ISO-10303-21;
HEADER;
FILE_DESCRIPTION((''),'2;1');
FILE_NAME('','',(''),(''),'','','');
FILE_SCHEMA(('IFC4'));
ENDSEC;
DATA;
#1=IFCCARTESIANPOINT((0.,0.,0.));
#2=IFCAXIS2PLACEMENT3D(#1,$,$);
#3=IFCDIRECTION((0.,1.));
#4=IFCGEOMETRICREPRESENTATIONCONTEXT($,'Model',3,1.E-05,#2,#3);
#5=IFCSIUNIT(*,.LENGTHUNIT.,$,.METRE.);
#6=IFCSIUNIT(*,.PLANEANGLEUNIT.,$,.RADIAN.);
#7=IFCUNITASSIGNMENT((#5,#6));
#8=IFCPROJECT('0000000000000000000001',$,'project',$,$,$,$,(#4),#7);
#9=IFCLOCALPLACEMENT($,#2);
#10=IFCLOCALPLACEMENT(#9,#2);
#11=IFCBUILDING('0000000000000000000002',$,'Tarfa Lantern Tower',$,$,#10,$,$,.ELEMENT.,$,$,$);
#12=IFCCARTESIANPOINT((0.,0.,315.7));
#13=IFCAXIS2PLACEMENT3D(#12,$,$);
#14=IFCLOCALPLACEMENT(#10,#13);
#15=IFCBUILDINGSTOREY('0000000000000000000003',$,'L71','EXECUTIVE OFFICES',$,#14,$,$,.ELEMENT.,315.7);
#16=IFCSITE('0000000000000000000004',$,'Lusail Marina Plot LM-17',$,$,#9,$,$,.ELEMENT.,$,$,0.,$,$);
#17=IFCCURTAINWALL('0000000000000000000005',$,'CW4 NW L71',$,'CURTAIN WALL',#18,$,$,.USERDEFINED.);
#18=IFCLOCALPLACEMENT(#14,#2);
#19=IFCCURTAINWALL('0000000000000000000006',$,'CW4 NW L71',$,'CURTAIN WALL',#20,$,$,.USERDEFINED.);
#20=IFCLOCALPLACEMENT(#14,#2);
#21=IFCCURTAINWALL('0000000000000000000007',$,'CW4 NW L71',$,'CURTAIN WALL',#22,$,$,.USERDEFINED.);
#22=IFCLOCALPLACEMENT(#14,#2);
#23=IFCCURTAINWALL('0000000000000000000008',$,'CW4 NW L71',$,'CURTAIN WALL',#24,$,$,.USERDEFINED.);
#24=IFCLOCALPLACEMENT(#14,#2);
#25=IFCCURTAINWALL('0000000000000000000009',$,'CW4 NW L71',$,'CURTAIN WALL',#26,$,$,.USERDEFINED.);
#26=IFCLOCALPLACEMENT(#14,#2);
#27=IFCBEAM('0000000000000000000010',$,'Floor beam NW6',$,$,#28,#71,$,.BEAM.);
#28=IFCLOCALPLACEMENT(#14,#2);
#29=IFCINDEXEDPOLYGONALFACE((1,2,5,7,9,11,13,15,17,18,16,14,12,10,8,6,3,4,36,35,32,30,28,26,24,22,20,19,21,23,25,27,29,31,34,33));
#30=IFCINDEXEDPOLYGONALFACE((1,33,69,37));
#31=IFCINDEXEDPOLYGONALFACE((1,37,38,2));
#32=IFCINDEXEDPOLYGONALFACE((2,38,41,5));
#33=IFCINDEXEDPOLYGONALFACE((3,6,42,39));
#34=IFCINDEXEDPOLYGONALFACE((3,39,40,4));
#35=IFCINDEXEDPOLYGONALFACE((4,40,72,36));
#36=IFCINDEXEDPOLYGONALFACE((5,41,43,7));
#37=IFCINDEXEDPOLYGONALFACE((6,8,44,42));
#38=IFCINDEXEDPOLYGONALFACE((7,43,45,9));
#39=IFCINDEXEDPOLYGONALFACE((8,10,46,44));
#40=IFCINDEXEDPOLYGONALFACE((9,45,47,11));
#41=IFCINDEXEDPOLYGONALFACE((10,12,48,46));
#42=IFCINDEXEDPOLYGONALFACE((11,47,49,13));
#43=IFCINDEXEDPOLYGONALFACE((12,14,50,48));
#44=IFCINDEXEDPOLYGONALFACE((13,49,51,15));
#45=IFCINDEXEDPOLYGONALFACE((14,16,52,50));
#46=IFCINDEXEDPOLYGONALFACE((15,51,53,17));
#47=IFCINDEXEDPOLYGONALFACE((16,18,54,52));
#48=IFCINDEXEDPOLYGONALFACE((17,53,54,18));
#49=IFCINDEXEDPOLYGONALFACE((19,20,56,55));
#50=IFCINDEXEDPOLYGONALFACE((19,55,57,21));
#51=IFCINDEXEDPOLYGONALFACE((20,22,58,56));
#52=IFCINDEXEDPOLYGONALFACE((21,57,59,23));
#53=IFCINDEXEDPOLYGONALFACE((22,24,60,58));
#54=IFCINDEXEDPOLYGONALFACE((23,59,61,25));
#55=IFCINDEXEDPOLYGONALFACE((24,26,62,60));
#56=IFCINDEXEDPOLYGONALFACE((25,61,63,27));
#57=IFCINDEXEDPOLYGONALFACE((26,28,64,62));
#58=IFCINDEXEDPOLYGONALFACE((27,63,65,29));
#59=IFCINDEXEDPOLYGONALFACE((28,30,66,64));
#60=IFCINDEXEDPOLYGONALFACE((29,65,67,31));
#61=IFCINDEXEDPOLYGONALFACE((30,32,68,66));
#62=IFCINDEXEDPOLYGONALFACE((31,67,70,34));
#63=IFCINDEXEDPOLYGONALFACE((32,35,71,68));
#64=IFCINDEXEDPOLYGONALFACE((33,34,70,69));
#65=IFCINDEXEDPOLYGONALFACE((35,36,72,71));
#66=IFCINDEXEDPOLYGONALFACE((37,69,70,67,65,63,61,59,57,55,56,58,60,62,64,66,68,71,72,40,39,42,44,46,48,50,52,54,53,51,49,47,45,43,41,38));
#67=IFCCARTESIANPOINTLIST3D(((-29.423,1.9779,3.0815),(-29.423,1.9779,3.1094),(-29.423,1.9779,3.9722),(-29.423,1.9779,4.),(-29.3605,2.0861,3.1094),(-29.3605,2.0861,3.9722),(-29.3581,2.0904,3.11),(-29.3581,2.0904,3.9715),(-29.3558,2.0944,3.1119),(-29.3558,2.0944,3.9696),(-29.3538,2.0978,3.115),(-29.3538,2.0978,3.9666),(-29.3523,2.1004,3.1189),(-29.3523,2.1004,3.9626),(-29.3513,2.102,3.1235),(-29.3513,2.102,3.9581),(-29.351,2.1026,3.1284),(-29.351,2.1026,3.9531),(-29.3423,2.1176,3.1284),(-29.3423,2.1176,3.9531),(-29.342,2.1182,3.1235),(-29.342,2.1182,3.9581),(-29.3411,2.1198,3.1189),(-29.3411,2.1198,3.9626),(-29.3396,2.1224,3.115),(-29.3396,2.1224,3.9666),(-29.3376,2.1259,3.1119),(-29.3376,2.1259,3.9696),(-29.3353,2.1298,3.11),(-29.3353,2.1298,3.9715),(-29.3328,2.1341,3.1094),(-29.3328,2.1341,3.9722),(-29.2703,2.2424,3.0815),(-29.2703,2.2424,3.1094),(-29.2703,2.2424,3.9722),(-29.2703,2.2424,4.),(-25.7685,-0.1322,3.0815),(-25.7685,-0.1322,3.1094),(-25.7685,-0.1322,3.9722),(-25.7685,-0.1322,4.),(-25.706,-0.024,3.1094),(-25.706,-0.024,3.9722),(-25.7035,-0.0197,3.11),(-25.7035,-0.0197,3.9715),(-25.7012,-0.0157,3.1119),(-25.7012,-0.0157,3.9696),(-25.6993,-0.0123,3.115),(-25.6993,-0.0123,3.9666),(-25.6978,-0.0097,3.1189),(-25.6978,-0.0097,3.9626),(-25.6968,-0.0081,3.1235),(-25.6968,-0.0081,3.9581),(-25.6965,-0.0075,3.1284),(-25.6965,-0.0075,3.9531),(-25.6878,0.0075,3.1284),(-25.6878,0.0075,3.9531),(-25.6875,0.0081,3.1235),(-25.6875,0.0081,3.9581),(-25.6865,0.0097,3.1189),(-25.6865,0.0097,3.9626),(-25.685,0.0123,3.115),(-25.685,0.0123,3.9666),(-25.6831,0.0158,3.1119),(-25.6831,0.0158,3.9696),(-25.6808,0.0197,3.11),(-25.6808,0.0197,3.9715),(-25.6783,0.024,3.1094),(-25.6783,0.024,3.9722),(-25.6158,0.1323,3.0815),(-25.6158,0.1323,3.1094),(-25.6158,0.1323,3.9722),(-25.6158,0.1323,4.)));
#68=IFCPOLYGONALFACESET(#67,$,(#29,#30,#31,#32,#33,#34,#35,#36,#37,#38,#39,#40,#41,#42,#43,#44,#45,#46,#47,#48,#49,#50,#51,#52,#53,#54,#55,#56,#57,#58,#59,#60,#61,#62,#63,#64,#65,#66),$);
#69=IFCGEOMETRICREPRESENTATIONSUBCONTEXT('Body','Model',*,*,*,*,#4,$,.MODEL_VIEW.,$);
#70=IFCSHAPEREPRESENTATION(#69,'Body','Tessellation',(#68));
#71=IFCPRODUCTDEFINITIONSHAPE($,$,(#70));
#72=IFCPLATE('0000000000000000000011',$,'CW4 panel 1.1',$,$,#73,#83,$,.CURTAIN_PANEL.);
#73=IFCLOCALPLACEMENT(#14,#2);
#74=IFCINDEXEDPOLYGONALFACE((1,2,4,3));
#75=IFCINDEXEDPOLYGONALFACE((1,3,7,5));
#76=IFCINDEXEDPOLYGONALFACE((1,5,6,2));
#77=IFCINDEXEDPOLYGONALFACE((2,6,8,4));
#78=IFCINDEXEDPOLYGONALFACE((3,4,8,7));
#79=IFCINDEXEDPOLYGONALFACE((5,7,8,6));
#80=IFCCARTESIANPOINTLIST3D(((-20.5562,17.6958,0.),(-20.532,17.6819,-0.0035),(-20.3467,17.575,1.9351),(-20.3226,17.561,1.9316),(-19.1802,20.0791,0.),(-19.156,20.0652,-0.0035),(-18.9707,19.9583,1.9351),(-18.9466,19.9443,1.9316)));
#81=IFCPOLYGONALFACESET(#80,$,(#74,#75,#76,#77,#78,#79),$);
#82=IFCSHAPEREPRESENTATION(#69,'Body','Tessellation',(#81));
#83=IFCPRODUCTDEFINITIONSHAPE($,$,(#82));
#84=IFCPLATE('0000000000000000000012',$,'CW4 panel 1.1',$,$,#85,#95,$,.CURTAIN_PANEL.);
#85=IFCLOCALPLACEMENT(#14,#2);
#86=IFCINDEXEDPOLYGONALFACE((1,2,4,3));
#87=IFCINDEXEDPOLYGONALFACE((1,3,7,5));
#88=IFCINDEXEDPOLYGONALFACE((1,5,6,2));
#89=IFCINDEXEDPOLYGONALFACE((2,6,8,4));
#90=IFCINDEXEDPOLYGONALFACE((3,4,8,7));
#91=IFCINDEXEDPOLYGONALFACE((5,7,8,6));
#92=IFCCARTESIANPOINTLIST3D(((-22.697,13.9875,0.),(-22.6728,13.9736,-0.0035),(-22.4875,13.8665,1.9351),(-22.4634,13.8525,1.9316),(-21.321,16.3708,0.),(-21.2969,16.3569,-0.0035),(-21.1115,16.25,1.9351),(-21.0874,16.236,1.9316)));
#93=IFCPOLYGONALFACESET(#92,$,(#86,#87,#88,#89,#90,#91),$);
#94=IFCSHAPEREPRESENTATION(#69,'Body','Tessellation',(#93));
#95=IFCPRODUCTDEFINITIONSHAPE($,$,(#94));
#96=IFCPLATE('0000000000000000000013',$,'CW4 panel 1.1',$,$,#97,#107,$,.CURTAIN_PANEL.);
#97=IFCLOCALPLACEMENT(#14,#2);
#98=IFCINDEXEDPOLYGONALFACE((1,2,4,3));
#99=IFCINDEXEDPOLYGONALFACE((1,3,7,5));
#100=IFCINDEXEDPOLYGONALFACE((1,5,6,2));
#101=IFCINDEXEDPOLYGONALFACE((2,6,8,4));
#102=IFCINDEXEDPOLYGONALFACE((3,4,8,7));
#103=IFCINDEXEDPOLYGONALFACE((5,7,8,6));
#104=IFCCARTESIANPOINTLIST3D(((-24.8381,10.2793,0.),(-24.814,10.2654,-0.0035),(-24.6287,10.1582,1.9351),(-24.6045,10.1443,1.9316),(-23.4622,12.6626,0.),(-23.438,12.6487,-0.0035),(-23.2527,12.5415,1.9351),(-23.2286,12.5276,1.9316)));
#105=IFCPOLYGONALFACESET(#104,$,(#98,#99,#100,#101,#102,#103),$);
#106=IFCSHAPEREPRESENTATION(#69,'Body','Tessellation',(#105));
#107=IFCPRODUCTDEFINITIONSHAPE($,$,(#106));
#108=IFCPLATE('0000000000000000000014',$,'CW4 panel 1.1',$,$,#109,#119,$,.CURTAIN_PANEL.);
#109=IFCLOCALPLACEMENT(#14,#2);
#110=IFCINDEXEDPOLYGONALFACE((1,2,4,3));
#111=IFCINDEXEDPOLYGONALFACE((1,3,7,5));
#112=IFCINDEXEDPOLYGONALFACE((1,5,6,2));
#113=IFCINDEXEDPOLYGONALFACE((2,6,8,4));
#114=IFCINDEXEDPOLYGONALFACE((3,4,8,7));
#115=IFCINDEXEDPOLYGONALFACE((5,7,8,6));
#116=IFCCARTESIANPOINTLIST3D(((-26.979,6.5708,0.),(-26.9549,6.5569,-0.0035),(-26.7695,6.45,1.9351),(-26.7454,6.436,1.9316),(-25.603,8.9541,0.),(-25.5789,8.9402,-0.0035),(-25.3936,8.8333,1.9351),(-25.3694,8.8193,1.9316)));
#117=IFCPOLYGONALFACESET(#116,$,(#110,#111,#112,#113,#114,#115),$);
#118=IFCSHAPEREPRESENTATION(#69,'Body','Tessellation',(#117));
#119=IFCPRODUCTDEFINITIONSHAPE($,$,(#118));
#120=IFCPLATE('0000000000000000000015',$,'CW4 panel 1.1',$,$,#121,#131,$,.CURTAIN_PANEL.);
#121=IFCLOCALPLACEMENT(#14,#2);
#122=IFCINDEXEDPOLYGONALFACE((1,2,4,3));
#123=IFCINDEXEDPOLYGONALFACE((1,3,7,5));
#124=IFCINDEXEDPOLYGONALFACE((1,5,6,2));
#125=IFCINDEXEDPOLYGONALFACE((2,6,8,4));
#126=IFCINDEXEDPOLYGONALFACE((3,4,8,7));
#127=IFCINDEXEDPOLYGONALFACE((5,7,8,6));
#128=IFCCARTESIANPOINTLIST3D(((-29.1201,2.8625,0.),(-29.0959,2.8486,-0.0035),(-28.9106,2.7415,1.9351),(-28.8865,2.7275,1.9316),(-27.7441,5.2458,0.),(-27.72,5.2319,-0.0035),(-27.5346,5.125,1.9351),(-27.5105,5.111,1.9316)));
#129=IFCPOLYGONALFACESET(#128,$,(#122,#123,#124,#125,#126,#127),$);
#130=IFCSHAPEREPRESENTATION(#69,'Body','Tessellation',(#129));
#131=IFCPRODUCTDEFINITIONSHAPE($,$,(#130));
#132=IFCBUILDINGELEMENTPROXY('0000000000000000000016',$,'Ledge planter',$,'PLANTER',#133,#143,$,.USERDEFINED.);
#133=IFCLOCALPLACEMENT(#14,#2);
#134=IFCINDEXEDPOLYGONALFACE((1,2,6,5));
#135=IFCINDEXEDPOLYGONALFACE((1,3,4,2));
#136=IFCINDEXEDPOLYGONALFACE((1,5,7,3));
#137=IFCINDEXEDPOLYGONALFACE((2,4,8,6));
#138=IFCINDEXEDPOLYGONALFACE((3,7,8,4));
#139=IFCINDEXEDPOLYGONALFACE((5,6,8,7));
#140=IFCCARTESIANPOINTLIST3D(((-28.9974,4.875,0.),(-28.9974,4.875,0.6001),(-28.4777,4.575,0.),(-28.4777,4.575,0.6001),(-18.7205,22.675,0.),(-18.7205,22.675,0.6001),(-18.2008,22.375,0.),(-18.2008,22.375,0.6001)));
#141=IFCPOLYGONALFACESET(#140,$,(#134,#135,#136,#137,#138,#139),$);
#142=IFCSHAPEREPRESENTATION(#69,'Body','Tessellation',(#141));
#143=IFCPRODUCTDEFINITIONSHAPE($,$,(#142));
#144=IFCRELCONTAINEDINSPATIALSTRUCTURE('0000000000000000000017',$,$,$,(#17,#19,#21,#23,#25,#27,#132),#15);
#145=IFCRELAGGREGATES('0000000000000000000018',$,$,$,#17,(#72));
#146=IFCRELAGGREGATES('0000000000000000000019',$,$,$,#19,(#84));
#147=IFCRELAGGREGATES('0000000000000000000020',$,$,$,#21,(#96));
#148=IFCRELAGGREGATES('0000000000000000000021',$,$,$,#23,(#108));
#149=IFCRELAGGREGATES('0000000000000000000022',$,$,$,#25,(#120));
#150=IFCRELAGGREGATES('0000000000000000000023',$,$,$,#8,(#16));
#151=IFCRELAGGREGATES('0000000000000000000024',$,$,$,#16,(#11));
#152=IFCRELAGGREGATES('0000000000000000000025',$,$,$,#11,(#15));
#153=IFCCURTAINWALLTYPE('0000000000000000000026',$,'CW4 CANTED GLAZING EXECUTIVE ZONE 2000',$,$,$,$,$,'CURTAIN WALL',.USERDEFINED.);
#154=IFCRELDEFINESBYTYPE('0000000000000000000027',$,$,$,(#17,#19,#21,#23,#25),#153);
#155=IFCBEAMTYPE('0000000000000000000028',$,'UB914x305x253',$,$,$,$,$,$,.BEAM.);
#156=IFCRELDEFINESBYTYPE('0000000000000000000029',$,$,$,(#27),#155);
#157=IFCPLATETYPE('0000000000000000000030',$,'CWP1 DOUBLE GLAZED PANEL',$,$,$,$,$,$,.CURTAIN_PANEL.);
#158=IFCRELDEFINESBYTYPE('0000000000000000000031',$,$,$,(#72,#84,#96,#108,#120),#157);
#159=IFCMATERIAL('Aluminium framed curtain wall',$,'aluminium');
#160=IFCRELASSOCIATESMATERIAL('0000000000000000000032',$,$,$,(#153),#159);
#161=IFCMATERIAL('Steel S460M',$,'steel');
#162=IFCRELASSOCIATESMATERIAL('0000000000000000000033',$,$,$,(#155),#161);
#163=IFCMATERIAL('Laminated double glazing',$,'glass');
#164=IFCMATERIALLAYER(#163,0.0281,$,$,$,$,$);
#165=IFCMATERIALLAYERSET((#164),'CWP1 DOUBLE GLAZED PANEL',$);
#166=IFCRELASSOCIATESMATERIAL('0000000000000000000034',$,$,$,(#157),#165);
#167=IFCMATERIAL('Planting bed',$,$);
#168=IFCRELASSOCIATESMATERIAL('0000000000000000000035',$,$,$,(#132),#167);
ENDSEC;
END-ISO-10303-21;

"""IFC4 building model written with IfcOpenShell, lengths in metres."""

from ifc_helpers import new_model, si_unit, direction, frame, origin, origin_2d, place, context, subcontext, project, spatial, polyline, rectangle, i_section, outline, extrude, material, layer, layer_set, material_profile, profile_set, type_object, element, aggregate, save


model = new_model("IFC4")

# Units and contexts
model_context = context("Model", 3, precision=1e-05, world=origin(), true_north=direction((0.0, 1.0)))
body_context = subcontext(model_context, "Body", "Model", "MODEL_VIEW")
ifc_project = project(units=[si_unit("LENGTHUNIT", "METRE"), si_unit("PLANEANGLEUNIT", "RADIAN")], contexts=[model_context])

# Site, building, storey
site_placement = place(None, origin())
site = spatial("IfcSite", under=ifc_project, at=site_placement, Name="Lusail Marina Plot LM-17", CompositionType="ELEMENT", RefElevation=0.0)
building_placement = place(site_placement, origin())
building = spatial("IfcBuilding", under=site, at=building_placement, Name="Tarfa Lantern Tower", CompositionType="ELEMENT")
storey_placement = place(building_placement, frame((0.0, 0.0, 315.7)))
storey = spatial("IfcBuildingStorey", under=building, at=storey_placement, Name="L71", Description="EXECUTIVE OFFICES", CompositionType="ELEMENT", Elevation=315.7)

# Curtain walls
ifc_material_1 = material(Name="Aluminium framed curtain wall", Category="aluminium")
curtain_wall_type = type_object("IfcCurtainWallType", Name="CW4 CANTED GLAZING EXECUTIVE ZONE 2000", ElementType="CURTAIN WALL", PredefinedType="USERDEFINED", material=ifc_material_1)
curtain_wall_1_placement = place(storey_placement, origin())
curtain_wall_1 = element("IfcCurtainWall", 1, at=curtain_wall_1_placement, inside=storey, type_object=curtain_wall_type, Name="CW4 NW L71", ObjectType="CURTAIN WALL", PredefinedType="USERDEFINED")
curtain_wall_2_placement = place(storey_placement, origin())
curtain_wall_2 = element("IfcCurtainWall", 2, at=curtain_wall_2_placement, inside=storey, type_object=curtain_wall_type, Name="CW4 NW L71", ObjectType="CURTAIN WALL", PredefinedType="USERDEFINED")
curtain_wall_3_placement = place(storey_placement, origin())
curtain_wall_3 = element("IfcCurtainWall", 3, at=curtain_wall_3_placement, inside=storey, type_object=curtain_wall_type, Name="CW4 NW L71", ObjectType="CURTAIN WALL", PredefinedType="USERDEFINED")
curtain_wall_4_placement = place(storey_placement, origin())
curtain_wall_4 = element("IfcCurtainWall", 4, at=curtain_wall_4_placement, inside=storey, type_object=curtain_wall_type, Name="CW4 NW L71", ObjectType="CURTAIN WALL", PredefinedType="USERDEFINED")
curtain_wall_5_placement = place(storey_placement, origin())
curtain_wall_5 = element("IfcCurtainWall", 5, at=curtain_wall_5_placement, inside=storey, type_object=curtain_wall_type, Name="CW4 NW L71", ObjectType="CURTAIN WALL", PredefinedType="USERDEFINED")

# Beam
ifc_material_2 = material(Name="Steel S460M", Category="steel")
ifc_material_profile_1 = material_profile(ifc_material_2, i_section(OverallWidth=0.3054, OverallDepth=0.9185, WebThickness=0.0173, FlangeThickness=0.0278, FilletRadius=0.019, at=origin_2d()), Name="UB914x305x253")
ifc_profile_set_1 = profile_set([ifc_material_profile_1], Name="Steel S460M")
beam_type_1 = type_object("IfcBeamType", Name="UB914x305x253", PredefinedType="BEAM", material=ifc_profile_set_1)
beam_1_placement = place(storey_placement, frame((-29.3467, 2.1101, 3.5408), z_axis=(0.866009, -0.500028, 0.0), x_axis=(0.500028, 0.866009, 0.0)))
element("IfcBeam", 6, at=beam_1_placement, inside=storey, type_object=beam_type_1, Name="Floor beam NW6", PredefinedType="BEAM", context=body_context, shape_type="SweptSolid", body=[
    extrude(i_section(OverallWidth=0.3054, OverallDepth=0.9185, WebThickness=0.0173, FlangeThickness=0.0278, FilletRadius=0.019, at=origin_2d()), origin(), (0.0, 0.0, 1.0), 4.22),
])

# Plates
ifc_material_3 = material(Name="Laminated double glazing", Category="glass")
ifc_layer = layer(ifc_material_3, 0.0281)
ifc_layer_set = layer_set([ifc_layer], Name="CWP1 DOUBLE GLAZED PANEL")
plate_type = type_object("IfcPlateType", Name="CWP1 DOUBLE GLAZED PANEL", PredefinedType="CURTAIN_PANEL", material=ifc_layer_set)
plate_1_placement = place(storey_placement, frame((-19.1802, 20.0791, 0.0), z_axis=(-0.859344, 0.496134, 0.12401), x_axis=(-0.499994, -0.866029, 0.0)))
plate_1 = element("IfcPlate", 7, at=plate_1_placement, type_object=plate_type, Name="CW4 panel 1.1", PredefinedType="CURTAIN_PANEL", context=body_context, shape_type="SweptSolid", body=[
    extrude(outline(polyline([(0.0, 0.0), (2.752, 0.0), (2.7519, 1.9501), (-0.0001, 1.9501), (0.0, 0.0)])), origin(), (0.0, 0.0, -1.0), 0.0281),
])
aggregate(curtain_wall_1, [plate_1])
plate_2_placement = place(storey_placement, frame((-21.321, 16.3708, 0.0), z_axis=(-0.859352, 0.496113, 0.124041), x_axis=(-0.499975, -0.86604, -0.000003)))
plate_2 = element("IfcPlate", 8, at=plate_2_placement, type_object=plate_type, Name="CW4 panel 1.1", PredefinedType="CURTAIN_PANEL", context=body_context, shape_type="SweptSolid", body=[
    extrude(outline(polyline([(0.0, 0.0), (2.752, 0.0), (2.7521, 1.9501), (-0.0001, 1.9501), (0.0, 0.0)])), origin(), (0.0, 0.0, -1.0), 0.0281),
])
aggregate(curtain_wall_2, [plate_2])
plate_3_placement = place(storey_placement, frame((-23.4622, 12.6626, 0.0), z_axis=(-0.859337, 0.49613, 0.124072), x_axis=(-0.499994, -0.866029, 0.0)))
plate_3 = element("IfcPlate", 9, at=plate_3_placement, type_object=plate_type, Name="CW4 panel 1.1", PredefinedType="CURTAIN_PANEL", context=body_context, shape_type="SweptSolid", body=[
    extrude(outline(polyline([(0.0, 0.0), (2.752, 0.0), (2.7521, 1.9501), (0.0001, 1.9501), (0.0, 0.0)])), origin(), (0.0, 0.0, -1.0), 0.0281),
])
aggregate(curtain_wall_3, [plate_3])
plate_4_placement = place(storey_placement, frame((-25.603, 8.9541, 0.0), z_axis=(-0.859344, 0.496134, 0.12401), x_axis=(-0.499994, -0.866029, 0.0)))
plate_4 = element("IfcPlate", 10, at=plate_4_placement, type_object=plate_type, Name="CW4 panel 1.1", PredefinedType="CURTAIN_PANEL", context=body_context, shape_type="SweptSolid", body=[
    extrude(outline(polyline([(0.0, 0.0), (2.752, 0.0), (2.7519, 1.9501), (-0.0001, 1.9501), (0.0, 0.0)])), origin(), (0.0, 0.0, -1.0), 0.0281),
])
aggregate(curtain_wall_4, [plate_4])
plate_5_placement = place(storey_placement, frame((-27.7441, 5.2458, 0.0), z_axis=(-0.859352, 0.496113, 0.124041), x_axis=(-0.499975, -0.86604, -0.000003)))
plate_5 = element("IfcPlate", 11, at=plate_5_placement, type_object=plate_type, Name="CW4 panel 1.1", PredefinedType="CURTAIN_PANEL", context=body_context, shape_type="SweptSolid", body=[
    extrude(outline(polyline([(0.0, 0.0), (2.752, 0.0), (2.7521, 1.9501), (-0.0001, 1.9501), (0.0, 0.0)])), origin(), (0.0, 0.0, -1.0), 0.0281),
])
aggregate(curtain_wall_5, [plate_5])

# Building element proxy
ifc_material_4 = material(Name="Planting bed")
proxy_placement = place(storey_placement, frame((-23.5991, 13.625, 0.0), z_axis=(0.0, 0.0, 1.0), x_axis=(-0.5, -0.866025, 0.0)))
element("IfcBuildingElementProxy", 12, at=proxy_placement, inside=storey, material=ifc_material_4, Name="Ledge planter", ObjectType="PLANTER", PredefinedType="USERDEFINED", context=body_context, shape_type="SweptSolid", body=[
    extrude(rectangle(XDim=20.5537, YDim=0.6001, at=origin_2d()), origin(), (0.0, 0.0, 1.0), 0.6001),
])

save(model, "model.ifc")
